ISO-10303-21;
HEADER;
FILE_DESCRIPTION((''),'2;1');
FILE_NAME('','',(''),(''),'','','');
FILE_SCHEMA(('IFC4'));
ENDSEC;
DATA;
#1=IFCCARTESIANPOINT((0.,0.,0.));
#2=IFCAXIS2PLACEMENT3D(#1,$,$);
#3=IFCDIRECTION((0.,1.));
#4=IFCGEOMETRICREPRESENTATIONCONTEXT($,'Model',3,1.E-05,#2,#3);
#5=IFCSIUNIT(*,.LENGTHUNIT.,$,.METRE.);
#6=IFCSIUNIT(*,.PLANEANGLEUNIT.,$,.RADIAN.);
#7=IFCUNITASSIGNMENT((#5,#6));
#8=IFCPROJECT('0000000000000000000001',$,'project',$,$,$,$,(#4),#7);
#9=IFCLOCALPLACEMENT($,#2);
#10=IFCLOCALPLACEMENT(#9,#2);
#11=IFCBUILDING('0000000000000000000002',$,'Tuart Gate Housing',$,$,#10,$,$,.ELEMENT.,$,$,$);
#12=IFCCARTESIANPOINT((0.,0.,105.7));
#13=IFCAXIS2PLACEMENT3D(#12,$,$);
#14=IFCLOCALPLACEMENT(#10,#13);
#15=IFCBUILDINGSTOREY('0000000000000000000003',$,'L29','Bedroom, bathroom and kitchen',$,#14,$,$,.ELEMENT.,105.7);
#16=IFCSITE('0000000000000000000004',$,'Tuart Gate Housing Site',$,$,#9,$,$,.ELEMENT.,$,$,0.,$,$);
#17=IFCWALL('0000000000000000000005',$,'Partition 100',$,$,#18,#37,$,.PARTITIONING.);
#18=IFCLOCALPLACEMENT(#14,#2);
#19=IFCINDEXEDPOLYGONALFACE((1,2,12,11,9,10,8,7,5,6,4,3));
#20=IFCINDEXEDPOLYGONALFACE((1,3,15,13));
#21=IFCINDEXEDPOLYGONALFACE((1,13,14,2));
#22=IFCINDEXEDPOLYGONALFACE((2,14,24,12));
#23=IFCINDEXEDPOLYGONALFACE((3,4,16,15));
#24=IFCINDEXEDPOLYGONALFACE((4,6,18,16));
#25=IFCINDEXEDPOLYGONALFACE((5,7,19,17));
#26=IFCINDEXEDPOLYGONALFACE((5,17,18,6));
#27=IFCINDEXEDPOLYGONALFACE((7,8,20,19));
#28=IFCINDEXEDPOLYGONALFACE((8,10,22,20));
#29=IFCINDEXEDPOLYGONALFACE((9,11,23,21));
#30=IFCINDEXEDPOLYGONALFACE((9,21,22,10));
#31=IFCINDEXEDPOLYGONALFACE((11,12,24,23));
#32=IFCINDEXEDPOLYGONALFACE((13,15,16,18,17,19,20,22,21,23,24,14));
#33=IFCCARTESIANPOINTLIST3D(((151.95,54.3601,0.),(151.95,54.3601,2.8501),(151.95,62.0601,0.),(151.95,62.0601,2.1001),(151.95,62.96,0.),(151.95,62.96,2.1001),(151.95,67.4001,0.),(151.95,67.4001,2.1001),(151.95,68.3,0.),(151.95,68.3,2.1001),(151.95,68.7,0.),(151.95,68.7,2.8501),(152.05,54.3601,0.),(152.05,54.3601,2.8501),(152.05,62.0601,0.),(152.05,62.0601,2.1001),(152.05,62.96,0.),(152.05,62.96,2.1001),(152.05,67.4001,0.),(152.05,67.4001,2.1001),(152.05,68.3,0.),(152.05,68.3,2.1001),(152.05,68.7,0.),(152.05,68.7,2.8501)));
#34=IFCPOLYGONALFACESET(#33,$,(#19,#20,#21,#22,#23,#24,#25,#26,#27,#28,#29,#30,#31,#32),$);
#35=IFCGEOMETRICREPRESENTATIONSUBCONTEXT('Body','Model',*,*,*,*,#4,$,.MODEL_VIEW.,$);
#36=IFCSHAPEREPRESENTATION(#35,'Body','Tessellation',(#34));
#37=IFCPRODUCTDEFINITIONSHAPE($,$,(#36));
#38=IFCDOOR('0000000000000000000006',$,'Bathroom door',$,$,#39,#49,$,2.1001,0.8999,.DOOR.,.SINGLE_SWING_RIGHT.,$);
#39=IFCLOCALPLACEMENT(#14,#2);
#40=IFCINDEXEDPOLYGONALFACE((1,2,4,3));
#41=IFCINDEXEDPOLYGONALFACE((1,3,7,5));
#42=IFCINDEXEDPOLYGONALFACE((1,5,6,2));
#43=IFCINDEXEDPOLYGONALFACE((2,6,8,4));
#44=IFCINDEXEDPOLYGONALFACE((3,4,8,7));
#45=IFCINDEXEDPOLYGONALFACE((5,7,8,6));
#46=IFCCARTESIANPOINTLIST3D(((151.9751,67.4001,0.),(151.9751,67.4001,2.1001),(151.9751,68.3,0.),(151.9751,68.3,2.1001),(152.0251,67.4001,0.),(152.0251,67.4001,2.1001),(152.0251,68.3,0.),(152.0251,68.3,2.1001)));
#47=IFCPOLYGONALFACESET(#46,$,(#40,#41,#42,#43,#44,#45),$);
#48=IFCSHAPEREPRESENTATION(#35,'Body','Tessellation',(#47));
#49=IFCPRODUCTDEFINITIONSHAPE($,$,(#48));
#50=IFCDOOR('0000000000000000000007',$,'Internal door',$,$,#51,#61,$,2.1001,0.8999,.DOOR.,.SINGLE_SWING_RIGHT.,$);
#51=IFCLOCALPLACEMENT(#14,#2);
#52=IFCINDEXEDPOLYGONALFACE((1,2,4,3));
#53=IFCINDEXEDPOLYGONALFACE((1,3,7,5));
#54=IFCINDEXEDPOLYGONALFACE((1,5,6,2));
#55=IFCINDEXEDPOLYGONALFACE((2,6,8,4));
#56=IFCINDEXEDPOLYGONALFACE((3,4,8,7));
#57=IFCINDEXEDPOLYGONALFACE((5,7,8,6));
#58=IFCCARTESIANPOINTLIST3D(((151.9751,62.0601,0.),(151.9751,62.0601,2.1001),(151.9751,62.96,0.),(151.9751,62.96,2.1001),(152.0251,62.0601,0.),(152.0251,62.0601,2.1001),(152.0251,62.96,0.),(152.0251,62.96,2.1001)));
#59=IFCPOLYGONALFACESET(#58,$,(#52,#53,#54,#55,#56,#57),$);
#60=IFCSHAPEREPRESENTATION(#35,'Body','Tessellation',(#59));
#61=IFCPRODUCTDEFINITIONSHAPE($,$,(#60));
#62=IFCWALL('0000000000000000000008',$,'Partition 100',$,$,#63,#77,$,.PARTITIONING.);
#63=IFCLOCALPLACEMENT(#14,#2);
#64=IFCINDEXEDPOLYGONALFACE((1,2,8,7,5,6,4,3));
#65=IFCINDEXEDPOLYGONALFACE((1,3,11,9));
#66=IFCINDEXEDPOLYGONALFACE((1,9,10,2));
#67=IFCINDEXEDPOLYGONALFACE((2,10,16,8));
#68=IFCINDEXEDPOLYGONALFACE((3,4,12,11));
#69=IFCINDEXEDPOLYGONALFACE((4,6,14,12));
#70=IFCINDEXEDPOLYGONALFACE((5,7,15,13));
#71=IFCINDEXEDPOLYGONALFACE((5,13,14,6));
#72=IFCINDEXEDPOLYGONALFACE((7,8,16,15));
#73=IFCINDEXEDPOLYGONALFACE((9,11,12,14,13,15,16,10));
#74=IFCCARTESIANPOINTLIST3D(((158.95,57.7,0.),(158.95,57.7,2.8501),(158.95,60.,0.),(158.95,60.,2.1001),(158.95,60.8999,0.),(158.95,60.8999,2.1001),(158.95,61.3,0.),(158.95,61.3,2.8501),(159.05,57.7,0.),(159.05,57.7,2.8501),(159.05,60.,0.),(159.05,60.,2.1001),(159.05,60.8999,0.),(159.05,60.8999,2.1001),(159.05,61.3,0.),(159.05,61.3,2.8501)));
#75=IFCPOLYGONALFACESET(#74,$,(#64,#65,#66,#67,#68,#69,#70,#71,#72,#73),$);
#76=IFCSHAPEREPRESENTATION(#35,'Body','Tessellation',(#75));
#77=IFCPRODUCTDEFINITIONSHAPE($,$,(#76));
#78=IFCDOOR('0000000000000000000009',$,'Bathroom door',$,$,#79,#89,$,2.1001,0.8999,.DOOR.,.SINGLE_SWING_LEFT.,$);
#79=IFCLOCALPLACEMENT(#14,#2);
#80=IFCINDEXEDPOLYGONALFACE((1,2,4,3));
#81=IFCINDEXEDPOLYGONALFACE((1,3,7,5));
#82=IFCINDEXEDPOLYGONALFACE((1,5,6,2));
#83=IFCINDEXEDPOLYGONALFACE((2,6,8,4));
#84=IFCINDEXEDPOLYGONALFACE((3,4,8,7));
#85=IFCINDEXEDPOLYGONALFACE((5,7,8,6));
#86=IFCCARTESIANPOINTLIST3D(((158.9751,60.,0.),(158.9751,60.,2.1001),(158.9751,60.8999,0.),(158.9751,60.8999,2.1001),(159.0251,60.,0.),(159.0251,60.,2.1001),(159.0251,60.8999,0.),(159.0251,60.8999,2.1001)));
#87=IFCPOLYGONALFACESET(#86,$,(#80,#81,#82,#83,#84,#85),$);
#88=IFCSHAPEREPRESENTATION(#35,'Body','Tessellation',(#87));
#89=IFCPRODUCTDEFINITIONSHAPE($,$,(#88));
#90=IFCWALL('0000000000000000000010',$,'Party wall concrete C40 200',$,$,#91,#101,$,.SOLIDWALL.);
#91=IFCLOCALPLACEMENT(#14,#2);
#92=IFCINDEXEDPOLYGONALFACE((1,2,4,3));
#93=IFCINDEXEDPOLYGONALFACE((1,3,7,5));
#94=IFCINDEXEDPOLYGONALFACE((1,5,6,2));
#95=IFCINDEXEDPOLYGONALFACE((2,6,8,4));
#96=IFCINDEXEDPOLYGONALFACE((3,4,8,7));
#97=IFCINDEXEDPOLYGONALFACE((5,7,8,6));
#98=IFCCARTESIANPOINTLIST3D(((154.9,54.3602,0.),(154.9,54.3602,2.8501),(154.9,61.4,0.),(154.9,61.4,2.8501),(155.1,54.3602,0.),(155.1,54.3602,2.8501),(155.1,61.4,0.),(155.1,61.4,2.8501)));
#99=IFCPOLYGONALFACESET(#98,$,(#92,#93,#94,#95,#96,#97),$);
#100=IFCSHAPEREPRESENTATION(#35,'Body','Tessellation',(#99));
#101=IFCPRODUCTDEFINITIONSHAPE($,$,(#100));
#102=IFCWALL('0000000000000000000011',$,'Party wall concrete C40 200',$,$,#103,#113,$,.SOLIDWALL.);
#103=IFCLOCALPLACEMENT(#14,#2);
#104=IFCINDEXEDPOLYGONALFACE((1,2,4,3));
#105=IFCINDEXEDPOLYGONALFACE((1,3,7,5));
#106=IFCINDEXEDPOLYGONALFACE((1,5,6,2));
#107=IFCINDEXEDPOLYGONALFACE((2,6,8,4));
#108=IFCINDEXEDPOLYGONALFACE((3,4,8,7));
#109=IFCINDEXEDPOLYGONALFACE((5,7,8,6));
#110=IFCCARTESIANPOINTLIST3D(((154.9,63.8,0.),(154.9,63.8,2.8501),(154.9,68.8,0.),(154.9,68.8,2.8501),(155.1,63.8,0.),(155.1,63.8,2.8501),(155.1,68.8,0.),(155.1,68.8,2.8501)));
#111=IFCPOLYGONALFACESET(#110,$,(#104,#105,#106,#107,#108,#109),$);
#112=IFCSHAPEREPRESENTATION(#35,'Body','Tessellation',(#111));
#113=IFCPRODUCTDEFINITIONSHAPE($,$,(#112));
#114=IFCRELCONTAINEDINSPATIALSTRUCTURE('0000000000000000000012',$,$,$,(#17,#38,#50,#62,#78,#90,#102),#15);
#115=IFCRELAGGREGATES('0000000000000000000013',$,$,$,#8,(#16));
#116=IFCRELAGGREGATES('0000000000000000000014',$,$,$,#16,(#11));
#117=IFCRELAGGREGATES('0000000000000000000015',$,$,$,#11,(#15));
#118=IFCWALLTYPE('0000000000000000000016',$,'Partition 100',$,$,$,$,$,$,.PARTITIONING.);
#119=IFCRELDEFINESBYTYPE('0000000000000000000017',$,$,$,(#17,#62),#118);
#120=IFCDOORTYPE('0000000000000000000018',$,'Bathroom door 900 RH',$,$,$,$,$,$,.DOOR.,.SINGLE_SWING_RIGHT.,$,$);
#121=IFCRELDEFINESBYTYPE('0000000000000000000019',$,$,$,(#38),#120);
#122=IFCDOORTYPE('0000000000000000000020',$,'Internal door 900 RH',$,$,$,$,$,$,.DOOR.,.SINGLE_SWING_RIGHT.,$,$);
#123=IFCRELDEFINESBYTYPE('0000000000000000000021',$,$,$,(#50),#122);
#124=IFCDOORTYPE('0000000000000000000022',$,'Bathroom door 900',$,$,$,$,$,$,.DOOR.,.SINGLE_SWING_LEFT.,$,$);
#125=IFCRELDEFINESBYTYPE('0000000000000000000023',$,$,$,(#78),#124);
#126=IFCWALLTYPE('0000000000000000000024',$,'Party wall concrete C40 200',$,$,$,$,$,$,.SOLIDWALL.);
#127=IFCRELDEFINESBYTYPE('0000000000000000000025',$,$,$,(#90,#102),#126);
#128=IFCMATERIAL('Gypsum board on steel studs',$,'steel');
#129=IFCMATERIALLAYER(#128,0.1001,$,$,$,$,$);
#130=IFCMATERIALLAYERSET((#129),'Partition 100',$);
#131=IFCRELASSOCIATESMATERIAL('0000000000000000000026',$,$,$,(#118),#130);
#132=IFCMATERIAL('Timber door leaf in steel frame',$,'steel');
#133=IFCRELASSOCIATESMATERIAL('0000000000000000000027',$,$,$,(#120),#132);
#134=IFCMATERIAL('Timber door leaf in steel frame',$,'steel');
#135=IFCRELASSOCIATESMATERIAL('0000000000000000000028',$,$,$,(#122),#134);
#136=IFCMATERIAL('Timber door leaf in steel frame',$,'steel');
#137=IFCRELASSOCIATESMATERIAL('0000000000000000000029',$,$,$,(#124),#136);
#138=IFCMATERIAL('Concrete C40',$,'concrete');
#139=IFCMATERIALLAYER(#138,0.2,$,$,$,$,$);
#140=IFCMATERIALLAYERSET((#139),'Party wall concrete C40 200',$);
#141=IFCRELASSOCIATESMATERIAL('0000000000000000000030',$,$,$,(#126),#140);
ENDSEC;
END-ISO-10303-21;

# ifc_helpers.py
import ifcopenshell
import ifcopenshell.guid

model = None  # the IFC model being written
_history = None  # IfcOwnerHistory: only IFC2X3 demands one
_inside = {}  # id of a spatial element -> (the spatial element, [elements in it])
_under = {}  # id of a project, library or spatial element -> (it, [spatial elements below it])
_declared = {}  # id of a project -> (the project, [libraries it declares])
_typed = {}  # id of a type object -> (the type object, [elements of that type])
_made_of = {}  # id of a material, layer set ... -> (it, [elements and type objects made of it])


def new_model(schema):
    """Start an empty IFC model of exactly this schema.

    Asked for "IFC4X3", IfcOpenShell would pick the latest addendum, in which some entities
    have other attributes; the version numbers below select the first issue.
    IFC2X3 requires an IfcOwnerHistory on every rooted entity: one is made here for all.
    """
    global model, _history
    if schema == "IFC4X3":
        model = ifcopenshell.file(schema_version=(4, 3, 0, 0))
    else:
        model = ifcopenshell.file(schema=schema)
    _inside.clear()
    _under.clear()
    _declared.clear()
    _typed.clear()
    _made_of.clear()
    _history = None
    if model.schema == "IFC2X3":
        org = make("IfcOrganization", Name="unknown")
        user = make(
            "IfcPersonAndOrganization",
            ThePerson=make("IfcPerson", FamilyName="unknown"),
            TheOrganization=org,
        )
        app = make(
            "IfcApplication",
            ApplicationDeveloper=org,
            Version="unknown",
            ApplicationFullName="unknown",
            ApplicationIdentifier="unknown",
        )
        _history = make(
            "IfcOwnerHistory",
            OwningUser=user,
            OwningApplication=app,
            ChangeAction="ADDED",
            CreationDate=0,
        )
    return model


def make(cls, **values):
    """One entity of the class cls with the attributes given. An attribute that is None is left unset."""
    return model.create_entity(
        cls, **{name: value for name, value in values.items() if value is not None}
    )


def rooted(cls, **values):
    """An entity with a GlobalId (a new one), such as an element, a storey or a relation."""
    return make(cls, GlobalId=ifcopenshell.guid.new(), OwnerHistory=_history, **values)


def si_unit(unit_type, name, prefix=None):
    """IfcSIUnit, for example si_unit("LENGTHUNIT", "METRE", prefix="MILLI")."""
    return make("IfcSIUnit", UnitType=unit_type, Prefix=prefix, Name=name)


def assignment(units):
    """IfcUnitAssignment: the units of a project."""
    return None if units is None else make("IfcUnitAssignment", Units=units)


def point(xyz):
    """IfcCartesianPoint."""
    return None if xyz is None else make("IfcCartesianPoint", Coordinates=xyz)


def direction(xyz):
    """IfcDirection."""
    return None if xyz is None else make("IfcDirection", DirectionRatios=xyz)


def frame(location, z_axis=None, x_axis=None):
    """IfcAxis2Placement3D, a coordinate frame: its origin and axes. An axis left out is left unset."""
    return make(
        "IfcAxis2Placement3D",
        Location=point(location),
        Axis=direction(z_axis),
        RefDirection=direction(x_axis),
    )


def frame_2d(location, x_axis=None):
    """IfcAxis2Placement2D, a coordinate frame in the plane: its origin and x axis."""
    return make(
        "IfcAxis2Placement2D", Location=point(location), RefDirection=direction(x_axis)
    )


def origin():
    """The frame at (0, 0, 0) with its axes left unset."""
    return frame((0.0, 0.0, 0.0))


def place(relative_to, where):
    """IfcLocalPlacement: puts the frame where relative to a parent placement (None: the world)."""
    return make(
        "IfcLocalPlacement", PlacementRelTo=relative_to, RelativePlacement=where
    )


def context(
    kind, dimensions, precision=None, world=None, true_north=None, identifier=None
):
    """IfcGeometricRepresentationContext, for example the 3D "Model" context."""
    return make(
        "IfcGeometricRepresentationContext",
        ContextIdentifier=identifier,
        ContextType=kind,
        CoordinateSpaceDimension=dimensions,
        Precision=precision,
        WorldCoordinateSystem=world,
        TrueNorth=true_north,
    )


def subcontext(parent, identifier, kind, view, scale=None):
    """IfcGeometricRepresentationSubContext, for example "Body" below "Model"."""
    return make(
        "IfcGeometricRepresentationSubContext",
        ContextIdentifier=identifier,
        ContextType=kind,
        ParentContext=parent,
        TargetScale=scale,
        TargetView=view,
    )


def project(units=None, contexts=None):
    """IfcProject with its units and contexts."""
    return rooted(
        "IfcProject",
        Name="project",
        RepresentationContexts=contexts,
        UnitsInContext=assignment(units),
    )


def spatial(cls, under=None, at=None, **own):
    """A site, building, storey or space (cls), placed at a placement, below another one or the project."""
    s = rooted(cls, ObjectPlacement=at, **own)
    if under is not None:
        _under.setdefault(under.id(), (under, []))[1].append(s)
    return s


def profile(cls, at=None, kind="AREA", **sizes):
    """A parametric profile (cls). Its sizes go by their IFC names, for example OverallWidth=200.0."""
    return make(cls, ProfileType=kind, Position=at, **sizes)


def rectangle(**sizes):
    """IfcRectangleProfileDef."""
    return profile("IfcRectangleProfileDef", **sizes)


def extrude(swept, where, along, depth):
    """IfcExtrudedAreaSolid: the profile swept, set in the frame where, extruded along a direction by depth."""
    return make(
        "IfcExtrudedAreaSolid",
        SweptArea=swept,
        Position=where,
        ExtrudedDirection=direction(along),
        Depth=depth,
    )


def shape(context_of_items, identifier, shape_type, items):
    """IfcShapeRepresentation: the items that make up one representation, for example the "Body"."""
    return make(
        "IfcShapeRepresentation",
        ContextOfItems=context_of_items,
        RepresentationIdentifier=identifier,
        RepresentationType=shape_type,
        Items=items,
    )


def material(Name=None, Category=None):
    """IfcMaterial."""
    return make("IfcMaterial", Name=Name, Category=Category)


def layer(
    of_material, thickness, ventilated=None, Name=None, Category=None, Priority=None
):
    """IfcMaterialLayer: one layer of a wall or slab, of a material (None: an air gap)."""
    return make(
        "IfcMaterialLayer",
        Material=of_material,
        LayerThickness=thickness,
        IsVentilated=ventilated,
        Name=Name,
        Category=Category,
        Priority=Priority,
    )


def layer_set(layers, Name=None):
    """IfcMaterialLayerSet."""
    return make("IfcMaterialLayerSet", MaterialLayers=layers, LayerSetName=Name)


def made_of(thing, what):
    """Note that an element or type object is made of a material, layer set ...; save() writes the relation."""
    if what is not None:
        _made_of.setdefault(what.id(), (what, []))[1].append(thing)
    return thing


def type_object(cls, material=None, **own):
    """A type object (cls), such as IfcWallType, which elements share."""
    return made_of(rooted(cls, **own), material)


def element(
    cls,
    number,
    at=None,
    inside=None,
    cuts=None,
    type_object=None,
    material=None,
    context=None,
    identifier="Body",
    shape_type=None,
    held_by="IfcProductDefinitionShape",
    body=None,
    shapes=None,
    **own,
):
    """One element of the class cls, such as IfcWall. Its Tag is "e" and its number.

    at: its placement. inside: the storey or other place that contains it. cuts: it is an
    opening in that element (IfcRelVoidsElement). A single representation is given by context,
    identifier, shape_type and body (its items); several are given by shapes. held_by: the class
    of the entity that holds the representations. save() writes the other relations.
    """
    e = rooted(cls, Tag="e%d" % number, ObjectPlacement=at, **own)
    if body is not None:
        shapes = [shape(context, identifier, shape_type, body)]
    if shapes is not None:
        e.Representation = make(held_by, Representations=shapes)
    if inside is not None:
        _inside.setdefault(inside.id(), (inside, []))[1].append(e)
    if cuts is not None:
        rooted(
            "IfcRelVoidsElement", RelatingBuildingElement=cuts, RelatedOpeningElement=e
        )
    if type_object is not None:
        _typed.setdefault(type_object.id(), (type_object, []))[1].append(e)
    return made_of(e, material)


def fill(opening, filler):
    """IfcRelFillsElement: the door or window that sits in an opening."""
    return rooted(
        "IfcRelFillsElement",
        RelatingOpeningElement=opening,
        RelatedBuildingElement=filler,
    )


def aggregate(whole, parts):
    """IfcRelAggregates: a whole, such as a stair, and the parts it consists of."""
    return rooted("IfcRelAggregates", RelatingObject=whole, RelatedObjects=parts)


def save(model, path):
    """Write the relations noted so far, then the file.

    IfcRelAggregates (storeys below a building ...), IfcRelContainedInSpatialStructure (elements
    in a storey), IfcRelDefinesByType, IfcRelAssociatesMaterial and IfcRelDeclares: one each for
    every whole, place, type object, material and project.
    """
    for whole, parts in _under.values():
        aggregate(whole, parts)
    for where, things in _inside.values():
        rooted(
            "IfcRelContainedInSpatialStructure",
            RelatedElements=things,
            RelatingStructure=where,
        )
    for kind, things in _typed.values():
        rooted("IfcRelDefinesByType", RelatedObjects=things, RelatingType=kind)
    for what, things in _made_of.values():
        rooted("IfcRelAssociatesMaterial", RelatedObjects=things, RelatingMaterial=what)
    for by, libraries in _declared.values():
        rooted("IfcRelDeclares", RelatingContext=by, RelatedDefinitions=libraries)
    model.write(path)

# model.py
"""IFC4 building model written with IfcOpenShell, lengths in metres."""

from ifc_helpers import new_model, si_unit, direction, frame, frame_2d, origin, place, context, subcontext, project, spatial, rectangle, extrude, material, layer, layer_set, type_object, element, fill, save


model = new_model("IFC4")

# Units and contexts
model_context = context("Model", 3, precision=1e-05, world=origin(), true_north=direction((0.0, 1.0)))
body_context = subcontext(model_context, "Body", "Model", "MODEL_VIEW")
ifc_project = project(units=[si_unit("LENGTHUNIT", "METRE"), si_unit("PLANEANGLEUNIT", "RADIAN")], contexts=[model_context])

# Site, building, storey
site_placement = place(None, origin())
site = spatial("IfcSite", under=ifc_project, at=site_placement, Name="Tuart Gate Housing Site", CompositionType="ELEMENT", RefElevation=0.0)
building_placement = place(site_placement, origin())
building = spatial("IfcBuilding", under=site, at=building_placement, Name="Tuart Gate Housing", CompositionType="ELEMENT")
storey_placement = place(building_placement, frame((0.0, 0.0, 105.7)))
storey = spatial("IfcBuildingStorey", under=building, at=storey_placement, Name="L29", Description="Bedroom, bathroom and kitchen", CompositionType="ELEMENT", Elevation=105.7)

# Shared definitions
ifc_material_1 = material(Name="Gypsum board on steel studs", Category="steel")
ifc_layer_1 = layer(ifc_material_1, 0.1001)
ifc_layer_set_1 = layer_set([ifc_layer_1], Name="Partition 100")
wall_type_1 = type_object("IfcWallType", Name="Partition 100", PredefinedType="PARTITIONING", material=ifc_layer_set_1)

# Wall, openings, doors
wall_1_placement = place(storey_placement, frame((152.0, 54.3601, 0.0), z_axis=(0.0, 0.0, 1.0), x_axis=(0.0, 1.0, 0.0)))
wall_1 = element("IfcWall", 1, at=wall_1_placement, inside=storey, type_object=wall_type_1, Name="Partition 100", PredefinedType="PARTITIONING", context=body_context, shape_type="SweptSolid", body=[
    extrude(rectangle(XDim=14.3398, YDim=0.1001, at=frame_2d((7.1699, 0.0))), origin(), (0.0, 0.0, 1.0), 2.8501),
])
opening_1_placement = place(wall_1_placement, frame((7.7, 0.0, 0.0)))
opening_1 = element("IfcOpeningElement", 2, at=opening_1_placement, cuts=wall_1, PredefinedType="OPENING", context=body_context, shape_type="SweptSolid", body=[
    extrude(rectangle(XDim=0.8999, YDim=2.1001, at=frame_2d((0.45, 1.05))), frame((0.0, 0.0601, 0.0), z_axis=(0.0, -1.0, 0.0), x_axis=(1.0, 0.0, 0.0)), (0.0, 0.0, 1.0), 0.1201),
])
opening_2_placement = place(wall_1_placement, frame((13.04, 0.0, 0.0)))
opening_2 = element("IfcOpeningElement", 3, at=opening_2_placement, cuts=wall_1, PredefinedType="OPENING", context=body_context, shape_type="SweptSolid", body=[
    extrude(rectangle(XDim=0.8999, YDim=2.1001, at=frame_2d((0.45, 1.05))), frame((0.0, 0.0601, 0.0), z_axis=(0.0, -1.0, 0.0), x_axis=(1.0, 0.0, 0.0)), (0.0, 0.0, 1.0), 0.1201),
])
ifc_material_2 = material(Name="Timber door leaf in steel frame", Category="steel")
door_type_1 = type_object("IfcDoorType", Name="Bathroom door 900 RH", OperationType="SINGLE_SWING_RIGHT", PredefinedType="DOOR", material=ifc_material_2)
door_1_placement = place(opening_2_placement, origin())
door_1 = element("IfcDoor", 4, at=door_1_placement, inside=storey, type_object=door_type_1, Name="Bathroom door", OperationType="SINGLE_SWING_RIGHT", OverallHeight=2.1001, OverallWidth=0.8999, PredefinedType="DOOR", context=body_context, shape_type="SweptSolid", body=[
    extrude(rectangle(XDim=0.8999, YDim=2.1001, at=frame_2d((0.45, 1.05))), frame((0.0, 0.0249, 0.0), z_axis=(0.0, -1.0, 0.0), x_axis=(1.0, 0.0, 0.0)), (0.0, 0.0, 1.0), 0.05),
])
fill(opening_2, door_1)
ifc_material_3 = material(Name="Timber door leaf in steel frame", Category="steel")
door_type_2 = type_object("IfcDoorType", Name="Internal door 900 RH", OperationType="SINGLE_SWING_RIGHT", PredefinedType="DOOR", material=ifc_material_3)
door_2_placement = place(opening_1_placement, origin())
door_2 = element("IfcDoor", 5, at=door_2_placement, inside=storey, type_object=door_type_2, Name="Internal door", OperationType="SINGLE_SWING_RIGHT", OverallHeight=2.1001, OverallWidth=0.8999, PredefinedType="DOOR", context=body_context, shape_type="SweptSolid", body=[
    extrude(rectangle(XDim=0.8999, YDim=2.1001, at=frame_2d((0.45, 1.05))), frame((0.0, 0.0249, 0.0), z_axis=(0.0, -1.0, 0.0), x_axis=(1.0, 0.0, 0.0)), (0.0, 0.0, 1.0), 0.05),
])
fill(opening_1, door_2)

# Wall, opening, door
wall_2_placement = place(storey_placement, frame((159.0, 57.7, 0.0), z_axis=(0.0, 0.0, 1.0), x_axis=(0.0, 1.0, 0.0)))
wall_2 = element("IfcWall", 6, at=wall_2_placement, inside=storey, type_object=wall_type_1, Name="Partition 100", PredefinedType="PARTITIONING", context=body_context, shape_type="SweptSolid", body=[
    extrude(rectangle(XDim=3.6001, YDim=0.1001, at=frame_2d((1.8, 0.0))), origin(), (0.0, 0.0, 1.0), 2.8501),
])
opening_3_placement = place(wall_2_placement, frame((2.3, 0.0, 0.0)))
opening_3 = element("IfcOpeningElement", 7, at=opening_3_placement, cuts=wall_2, PredefinedType="OPENING", context=body_context, shape_type="SweptSolid", body=[
    extrude(rectangle(XDim=0.8999, YDim=2.1001, at=frame_2d((0.45, 1.05))), frame((0.0, 0.0601, 0.0), z_axis=(0.0, -1.0, 0.0), x_axis=(1.0, 0.0, 0.0)), (0.0, 0.0, 1.0), 0.1201),
])
ifc_material_4 = material(Name="Timber door leaf in steel frame", Category="steel")
door_type_3 = type_object("IfcDoorType", Name="Bathroom door 900", OperationType="SINGLE_SWING_LEFT", PredefinedType="DOOR", material=ifc_material_4)
door_3_placement = place(opening_3_placement, frame((0.8999, 0.0, 0.0), z_axis=(0.0, 0.0, 1.0), x_axis=(-1.0, 0.0, 0.0)))
door_3 = element("IfcDoor", 8, at=door_3_placement, inside=storey, type_object=door_type_3, Name="Bathroom door", OperationType="SINGLE_SWING_LEFT", OverallHeight=2.1001, OverallWidth=0.8999, PredefinedType="DOOR", context=body_context, shape_type="SweptSolid", body=[
    extrude(rectangle(XDim=0.8999, YDim=2.1001, at=frame_2d((0.45, 1.05))), frame((0.0, 0.0251, 0.0), z_axis=(0.0, -1.0, 0.0), x_axis=(1.0, 0.0, 0.0)), (0.0, 0.0, 1.0), 0.05),
])
fill(opening_3, door_3)

# Walls
ifc_material_5 = material(Name="Concrete C40", Category="concrete")
ifc_layer_2 = layer(ifc_material_5, 0.2)
ifc_layer_set_2 = layer_set([ifc_layer_2], Name="Party wall concrete C40 200")
wall_type_2 = type_object("IfcWallType", Name="Party wall concrete C40 200", PredefinedType="SOLIDWALL", material=ifc_layer_set_2)
wall_3_placement = place(storey_placement, frame((155.0, 54.3601, 0.0), z_axis=(0.0, 0.0, 1.0), x_axis=(0.0, 1.0, 0.0)))
element("IfcWall", 9, at=wall_3_placement, inside=storey, type_object=wall_type_2, Name="Party wall concrete C40 200", PredefinedType="SOLIDWALL", context=body_context, shape_type="SweptSolid", body=[
    extrude(rectangle(XDim=7.0398, YDim=0.2, at=frame_2d((3.52, 0.0))), origin(), (0.0, 0.0, 1.0), 2.8501),
])
wall_4_placement = place(storey_placement, frame((155.0, 63.8, 0.0), z_axis=(0.0, 0.0, 1.0), x_axis=(0.0, 1.0, 0.0)))
element("IfcWall", 10, at=wall_4_placement, inside=storey, type_object=wall_type_2, Name="Party wall concrete C40 200", PredefinedType="SOLIDWALL", context=body_context, shape_type="SweptSolid", body=[
    extrude(rectangle(XDim=5.0, YDim=0.2, at=frame_2d((2.5, 0.0))), origin(), (0.0, 0.0, 1.0), 2.8501),
])

save(model, "model.ifc")
